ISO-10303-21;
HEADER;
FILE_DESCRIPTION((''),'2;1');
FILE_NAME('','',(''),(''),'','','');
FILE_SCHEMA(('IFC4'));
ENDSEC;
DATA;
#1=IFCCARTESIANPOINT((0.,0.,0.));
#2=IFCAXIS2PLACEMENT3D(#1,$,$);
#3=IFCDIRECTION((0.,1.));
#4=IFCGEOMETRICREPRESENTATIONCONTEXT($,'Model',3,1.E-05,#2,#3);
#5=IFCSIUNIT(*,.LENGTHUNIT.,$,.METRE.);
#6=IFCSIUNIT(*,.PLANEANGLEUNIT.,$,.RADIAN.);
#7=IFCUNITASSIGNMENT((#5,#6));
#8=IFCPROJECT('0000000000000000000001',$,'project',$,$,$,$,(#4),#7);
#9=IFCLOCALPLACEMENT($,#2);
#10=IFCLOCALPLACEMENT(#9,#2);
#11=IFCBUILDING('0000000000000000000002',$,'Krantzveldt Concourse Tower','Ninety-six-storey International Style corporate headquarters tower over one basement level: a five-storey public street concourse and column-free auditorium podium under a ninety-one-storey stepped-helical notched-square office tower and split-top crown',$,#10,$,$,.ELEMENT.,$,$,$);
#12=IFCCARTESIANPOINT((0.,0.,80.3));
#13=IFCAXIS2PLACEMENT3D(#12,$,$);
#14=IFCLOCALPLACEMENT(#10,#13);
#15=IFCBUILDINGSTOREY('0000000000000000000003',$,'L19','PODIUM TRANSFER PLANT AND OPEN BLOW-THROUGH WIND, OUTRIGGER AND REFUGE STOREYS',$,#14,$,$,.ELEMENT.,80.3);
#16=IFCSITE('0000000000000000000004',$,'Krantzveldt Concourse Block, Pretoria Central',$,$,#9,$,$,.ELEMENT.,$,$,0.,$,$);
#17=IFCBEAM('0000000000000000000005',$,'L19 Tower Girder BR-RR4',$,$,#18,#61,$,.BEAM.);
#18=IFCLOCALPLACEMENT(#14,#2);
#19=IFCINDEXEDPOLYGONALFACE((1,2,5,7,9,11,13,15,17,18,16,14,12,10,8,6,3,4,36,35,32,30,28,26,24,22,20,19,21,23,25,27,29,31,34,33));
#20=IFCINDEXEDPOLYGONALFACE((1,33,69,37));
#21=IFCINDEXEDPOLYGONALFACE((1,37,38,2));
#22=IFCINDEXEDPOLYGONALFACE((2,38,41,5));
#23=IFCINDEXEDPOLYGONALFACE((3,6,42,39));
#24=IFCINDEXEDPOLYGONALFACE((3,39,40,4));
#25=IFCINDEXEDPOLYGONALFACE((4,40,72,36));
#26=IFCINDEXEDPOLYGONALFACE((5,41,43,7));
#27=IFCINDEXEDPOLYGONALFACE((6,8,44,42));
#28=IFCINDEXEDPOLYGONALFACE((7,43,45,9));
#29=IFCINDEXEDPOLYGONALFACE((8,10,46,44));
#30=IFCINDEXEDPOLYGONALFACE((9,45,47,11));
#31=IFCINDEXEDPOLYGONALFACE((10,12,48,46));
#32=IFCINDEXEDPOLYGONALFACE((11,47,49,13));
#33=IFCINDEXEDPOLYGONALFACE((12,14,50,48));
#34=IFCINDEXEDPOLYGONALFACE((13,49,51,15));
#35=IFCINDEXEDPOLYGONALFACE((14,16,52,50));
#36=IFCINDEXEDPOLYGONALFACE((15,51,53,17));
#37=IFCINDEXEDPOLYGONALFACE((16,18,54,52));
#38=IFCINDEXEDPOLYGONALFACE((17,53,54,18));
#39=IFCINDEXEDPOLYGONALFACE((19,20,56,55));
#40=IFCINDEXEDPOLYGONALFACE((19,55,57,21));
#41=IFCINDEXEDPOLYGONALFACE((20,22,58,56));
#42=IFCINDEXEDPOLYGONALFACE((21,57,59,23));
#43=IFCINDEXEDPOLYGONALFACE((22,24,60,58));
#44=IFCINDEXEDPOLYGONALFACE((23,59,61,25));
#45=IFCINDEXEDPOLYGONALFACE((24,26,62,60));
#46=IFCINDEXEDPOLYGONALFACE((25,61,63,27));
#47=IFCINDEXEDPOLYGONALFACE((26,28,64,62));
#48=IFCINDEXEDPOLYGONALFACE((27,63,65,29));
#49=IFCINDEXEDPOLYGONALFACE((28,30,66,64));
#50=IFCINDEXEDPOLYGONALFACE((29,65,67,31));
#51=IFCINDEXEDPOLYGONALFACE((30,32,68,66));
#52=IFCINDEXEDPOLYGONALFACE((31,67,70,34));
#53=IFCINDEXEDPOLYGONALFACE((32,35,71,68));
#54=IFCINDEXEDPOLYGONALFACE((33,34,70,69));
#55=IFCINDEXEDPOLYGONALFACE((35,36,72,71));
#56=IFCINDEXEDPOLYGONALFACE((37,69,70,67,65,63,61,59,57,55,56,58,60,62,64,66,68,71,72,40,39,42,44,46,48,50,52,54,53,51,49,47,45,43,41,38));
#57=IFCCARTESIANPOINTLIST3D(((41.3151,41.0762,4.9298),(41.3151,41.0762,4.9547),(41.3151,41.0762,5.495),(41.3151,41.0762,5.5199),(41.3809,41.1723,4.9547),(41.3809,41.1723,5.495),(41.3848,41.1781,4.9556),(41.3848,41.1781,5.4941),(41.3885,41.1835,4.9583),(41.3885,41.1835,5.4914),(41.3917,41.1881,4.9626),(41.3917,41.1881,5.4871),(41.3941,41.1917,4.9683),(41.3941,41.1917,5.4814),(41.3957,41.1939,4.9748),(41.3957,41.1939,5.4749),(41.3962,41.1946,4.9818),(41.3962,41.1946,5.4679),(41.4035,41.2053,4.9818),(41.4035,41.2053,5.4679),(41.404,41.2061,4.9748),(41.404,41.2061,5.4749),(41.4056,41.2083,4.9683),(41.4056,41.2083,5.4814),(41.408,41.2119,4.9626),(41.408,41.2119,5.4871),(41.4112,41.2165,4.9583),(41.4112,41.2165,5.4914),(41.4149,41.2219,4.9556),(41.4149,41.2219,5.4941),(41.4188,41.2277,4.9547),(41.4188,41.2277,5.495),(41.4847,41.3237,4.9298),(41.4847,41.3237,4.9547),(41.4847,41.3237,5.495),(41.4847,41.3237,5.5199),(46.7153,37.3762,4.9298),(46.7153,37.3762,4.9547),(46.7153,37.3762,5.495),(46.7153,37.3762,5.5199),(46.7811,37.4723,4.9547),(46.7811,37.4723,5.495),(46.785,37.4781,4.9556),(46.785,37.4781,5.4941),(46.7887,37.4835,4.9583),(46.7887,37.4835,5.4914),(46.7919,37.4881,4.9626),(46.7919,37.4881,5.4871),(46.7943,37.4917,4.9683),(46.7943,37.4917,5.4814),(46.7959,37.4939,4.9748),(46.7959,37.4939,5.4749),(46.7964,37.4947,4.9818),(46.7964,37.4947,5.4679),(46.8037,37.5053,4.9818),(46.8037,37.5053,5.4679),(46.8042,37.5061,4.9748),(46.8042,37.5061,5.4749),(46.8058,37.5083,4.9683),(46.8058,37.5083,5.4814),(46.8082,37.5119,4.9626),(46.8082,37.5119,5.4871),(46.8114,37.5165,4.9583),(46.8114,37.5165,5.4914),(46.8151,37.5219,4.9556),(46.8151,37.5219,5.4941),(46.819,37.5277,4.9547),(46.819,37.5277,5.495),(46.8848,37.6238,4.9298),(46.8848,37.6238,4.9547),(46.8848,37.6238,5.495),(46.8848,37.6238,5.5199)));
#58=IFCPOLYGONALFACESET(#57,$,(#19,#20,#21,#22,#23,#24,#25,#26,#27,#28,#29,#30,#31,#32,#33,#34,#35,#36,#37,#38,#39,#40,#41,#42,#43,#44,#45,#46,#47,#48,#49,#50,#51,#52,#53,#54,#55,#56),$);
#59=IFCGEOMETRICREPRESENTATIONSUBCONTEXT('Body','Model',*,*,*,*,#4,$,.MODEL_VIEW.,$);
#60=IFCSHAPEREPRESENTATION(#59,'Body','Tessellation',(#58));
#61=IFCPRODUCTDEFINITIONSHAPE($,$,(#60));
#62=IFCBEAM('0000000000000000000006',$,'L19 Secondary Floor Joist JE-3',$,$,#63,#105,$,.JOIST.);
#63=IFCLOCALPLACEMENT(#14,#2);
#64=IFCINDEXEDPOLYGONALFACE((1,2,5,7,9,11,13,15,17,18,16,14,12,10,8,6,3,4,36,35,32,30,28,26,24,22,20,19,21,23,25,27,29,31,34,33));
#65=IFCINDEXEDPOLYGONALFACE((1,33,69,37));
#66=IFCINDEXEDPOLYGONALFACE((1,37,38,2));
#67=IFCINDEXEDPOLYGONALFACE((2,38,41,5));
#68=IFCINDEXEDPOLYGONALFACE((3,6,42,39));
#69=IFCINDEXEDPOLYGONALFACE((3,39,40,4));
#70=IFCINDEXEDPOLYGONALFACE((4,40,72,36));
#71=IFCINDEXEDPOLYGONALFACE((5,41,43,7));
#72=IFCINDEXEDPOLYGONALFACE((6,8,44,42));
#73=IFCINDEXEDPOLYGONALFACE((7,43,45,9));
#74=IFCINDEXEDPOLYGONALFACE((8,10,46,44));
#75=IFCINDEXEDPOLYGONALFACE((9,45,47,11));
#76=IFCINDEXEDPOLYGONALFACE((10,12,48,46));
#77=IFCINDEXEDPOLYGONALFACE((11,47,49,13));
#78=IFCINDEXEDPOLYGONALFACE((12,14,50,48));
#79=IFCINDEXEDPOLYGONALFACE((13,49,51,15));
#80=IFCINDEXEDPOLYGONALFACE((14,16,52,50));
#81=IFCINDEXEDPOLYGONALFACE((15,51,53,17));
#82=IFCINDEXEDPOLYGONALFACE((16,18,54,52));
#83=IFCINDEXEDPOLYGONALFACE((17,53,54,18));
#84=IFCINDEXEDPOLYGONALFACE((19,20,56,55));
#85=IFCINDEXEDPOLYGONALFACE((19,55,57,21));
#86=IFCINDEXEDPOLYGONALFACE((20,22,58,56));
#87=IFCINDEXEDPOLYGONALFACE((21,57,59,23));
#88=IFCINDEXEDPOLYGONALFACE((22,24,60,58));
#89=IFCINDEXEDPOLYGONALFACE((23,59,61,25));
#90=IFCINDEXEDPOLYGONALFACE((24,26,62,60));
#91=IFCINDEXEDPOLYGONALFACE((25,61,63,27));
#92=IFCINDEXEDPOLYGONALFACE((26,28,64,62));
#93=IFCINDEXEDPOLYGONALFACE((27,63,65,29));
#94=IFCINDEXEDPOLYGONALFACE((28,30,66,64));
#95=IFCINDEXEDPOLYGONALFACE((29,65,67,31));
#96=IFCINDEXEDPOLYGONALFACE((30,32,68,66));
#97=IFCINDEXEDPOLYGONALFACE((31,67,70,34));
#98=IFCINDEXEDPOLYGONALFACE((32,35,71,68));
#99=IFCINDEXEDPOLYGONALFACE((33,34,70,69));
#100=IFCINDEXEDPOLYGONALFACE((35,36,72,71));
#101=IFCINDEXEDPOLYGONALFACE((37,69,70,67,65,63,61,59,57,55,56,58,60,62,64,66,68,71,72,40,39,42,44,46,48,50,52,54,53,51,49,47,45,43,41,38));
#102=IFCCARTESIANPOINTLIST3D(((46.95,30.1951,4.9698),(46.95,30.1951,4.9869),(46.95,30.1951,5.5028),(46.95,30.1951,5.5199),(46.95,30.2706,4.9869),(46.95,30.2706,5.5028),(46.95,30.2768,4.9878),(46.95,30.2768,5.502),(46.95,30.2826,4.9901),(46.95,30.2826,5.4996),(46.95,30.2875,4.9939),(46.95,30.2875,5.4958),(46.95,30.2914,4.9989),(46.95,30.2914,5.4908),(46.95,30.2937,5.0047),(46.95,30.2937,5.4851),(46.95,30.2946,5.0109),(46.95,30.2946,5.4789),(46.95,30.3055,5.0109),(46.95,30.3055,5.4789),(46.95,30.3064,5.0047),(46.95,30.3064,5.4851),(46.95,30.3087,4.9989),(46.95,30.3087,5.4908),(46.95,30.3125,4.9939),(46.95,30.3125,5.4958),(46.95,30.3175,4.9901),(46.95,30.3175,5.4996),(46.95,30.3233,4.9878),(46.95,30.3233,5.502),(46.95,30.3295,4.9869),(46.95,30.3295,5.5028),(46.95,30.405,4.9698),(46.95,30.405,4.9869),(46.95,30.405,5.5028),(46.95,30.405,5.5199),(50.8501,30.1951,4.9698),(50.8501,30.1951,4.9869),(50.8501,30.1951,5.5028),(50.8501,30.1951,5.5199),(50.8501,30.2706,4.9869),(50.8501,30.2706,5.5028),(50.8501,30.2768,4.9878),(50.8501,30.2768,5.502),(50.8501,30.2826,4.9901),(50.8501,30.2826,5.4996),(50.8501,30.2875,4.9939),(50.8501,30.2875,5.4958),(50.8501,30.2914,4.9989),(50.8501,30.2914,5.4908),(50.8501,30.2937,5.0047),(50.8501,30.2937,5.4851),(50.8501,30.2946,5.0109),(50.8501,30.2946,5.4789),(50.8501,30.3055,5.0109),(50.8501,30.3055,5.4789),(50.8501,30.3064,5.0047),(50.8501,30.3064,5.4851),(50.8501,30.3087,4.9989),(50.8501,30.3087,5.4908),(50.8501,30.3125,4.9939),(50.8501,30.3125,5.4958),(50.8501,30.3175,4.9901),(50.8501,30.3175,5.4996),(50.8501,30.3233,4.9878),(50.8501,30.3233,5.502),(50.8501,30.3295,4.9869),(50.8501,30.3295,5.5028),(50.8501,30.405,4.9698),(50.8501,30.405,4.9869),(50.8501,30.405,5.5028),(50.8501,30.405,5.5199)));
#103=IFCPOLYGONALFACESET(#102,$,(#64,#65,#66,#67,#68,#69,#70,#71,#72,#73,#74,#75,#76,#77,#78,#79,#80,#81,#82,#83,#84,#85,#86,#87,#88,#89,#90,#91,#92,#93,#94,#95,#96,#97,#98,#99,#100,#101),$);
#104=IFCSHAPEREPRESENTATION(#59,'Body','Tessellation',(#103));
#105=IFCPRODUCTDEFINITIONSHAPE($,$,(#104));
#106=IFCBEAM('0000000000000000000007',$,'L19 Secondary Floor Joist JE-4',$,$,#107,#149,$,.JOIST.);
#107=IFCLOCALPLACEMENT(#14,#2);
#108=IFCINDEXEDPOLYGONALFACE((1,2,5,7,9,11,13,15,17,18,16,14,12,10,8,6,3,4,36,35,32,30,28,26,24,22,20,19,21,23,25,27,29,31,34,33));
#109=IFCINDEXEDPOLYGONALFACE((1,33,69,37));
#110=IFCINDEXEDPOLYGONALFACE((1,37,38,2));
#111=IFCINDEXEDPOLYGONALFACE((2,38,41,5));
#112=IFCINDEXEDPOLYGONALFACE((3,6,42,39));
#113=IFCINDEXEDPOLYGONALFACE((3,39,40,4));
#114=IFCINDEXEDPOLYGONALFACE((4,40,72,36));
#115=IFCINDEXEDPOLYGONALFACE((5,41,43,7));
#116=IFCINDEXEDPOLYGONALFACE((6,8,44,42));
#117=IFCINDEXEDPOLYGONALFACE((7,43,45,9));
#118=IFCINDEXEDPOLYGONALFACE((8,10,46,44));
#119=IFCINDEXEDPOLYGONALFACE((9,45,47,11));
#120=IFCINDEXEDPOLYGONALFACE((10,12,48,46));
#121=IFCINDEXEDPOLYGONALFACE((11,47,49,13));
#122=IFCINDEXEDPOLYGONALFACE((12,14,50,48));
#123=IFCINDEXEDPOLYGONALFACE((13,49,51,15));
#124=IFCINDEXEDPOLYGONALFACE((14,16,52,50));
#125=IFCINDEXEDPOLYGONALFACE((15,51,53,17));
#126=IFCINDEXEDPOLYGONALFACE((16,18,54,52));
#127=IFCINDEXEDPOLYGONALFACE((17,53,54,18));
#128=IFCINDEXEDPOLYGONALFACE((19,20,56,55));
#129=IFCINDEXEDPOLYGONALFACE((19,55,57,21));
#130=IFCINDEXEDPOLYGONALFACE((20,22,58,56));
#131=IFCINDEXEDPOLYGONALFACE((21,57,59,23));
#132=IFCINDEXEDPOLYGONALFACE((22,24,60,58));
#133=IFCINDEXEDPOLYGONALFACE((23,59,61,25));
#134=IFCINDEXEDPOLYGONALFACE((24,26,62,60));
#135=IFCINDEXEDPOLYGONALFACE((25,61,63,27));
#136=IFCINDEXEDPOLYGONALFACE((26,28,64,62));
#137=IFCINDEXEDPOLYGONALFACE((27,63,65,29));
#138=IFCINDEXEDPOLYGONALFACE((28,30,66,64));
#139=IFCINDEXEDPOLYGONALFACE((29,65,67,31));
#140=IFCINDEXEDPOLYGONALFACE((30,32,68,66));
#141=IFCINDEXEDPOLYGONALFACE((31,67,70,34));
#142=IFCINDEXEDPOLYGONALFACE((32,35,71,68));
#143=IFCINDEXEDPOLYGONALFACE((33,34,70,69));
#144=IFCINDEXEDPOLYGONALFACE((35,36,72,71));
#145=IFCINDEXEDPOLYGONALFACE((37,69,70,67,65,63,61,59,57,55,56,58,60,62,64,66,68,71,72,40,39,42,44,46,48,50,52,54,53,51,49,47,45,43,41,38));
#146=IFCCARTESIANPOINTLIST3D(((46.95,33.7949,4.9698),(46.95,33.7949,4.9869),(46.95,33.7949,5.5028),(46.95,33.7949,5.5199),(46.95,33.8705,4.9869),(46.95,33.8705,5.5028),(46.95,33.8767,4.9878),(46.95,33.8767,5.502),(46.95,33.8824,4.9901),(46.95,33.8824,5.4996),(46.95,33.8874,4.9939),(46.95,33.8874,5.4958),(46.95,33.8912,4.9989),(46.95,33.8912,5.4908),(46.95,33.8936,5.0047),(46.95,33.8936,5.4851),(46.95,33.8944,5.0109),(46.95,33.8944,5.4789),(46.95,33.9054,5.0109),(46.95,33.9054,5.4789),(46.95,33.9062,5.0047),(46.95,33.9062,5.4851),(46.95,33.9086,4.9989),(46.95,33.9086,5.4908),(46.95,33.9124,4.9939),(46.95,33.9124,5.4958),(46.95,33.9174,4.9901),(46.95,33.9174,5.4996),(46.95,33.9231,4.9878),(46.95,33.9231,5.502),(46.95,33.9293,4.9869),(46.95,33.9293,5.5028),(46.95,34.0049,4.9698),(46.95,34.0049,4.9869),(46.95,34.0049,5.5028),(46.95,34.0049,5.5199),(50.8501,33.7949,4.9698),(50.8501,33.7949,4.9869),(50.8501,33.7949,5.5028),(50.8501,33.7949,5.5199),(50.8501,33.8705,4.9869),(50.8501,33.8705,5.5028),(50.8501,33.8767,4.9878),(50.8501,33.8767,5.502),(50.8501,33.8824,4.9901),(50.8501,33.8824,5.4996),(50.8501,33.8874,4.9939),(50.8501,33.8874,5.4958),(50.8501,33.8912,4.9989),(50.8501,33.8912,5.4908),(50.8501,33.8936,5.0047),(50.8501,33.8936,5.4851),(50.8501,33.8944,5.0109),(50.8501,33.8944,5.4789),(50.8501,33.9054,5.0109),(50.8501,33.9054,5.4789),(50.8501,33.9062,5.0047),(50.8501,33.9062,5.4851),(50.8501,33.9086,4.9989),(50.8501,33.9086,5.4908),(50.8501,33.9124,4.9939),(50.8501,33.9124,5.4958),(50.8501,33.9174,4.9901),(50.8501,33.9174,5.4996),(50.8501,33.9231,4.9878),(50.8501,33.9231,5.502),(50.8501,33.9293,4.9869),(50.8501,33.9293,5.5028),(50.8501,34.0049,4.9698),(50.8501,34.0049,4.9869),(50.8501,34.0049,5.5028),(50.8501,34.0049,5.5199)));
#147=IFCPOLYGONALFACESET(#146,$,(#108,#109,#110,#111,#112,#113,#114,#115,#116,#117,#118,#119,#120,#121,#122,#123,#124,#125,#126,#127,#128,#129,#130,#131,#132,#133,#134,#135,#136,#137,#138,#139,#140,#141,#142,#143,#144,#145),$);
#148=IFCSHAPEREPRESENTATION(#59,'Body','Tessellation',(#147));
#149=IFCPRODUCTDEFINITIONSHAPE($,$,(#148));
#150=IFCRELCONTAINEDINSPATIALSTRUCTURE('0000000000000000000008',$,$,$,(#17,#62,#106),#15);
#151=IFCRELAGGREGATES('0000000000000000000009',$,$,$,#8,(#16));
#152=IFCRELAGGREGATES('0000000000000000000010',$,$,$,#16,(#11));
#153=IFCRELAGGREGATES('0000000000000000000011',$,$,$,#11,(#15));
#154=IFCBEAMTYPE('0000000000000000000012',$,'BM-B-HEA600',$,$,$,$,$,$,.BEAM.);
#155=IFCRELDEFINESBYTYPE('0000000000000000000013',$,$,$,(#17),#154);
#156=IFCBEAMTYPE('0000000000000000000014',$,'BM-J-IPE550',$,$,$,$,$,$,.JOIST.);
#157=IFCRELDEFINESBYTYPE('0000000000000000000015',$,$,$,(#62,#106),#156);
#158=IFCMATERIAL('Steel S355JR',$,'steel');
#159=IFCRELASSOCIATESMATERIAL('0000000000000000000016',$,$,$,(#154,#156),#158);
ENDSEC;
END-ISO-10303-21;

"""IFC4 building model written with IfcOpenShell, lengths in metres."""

from ifc_helpers import new_model, si_unit, direction, frame, origin, origin_2d, place, context, subcontext, project, spatial, i_section, extrude, source, transform, mapped, material, material_profile, profile_set, type_object, type_shapes, element, save


model = new_model("IFC4")

# Units and contexts
model_context = context("Model", 3, precision=1e-05, world=origin(), true_north=direction((0.0, 1.0)))
body_context = subcontext(model_context, "Body", "Model", "MODEL_VIEW")
ifc_project = project(units=[si_unit("LENGTHUNIT", "METRE"), si_unit("PLANEANGLEUNIT", "RADIAN")], contexts=[model_context])

# Site, building, storey
site_placement = place(None, origin())
site = spatial("IfcSite", under=ifc_project, at=site_placement, Name="Krantzveldt Concourse Block, Pretoria Central", CompositionType="ELEMENT", RefElevation=0.0)
building_placement = place(site_placement, origin())
building = spatial("IfcBuilding", under=site, at=building_placement, Name="Krantzveldt Concourse Tower", Description="Ninety-six-storey International Style corporate headquarters tower over one basement level: a five-storey public street concourse and column-free auditorium podium under a ninety-one-storey stepped-helical notched-square office tower and split-top crown", CompositionType="ELEMENT")
storey_placement = place(building_placement, frame((0.0, 0.0, 80.3)))
storey = spatial("IfcBuildingStorey", under=building, at=storey_placement, Name="L19", Description="PODIUM TRANSFER PLANT AND OPEN BLOW-THROUGH WIND, OUTRIGGER AND REFUGE STOREYS", CompositionType="ELEMENT", Elevation=80.3)

# Beams
ifc_material_1 = material(Name="Steel S355JR", Category="steel")
ifc_material_profile_1 = material_profile(ifc_material_1, i_section(OverallWidth=0.3, OverallDepth=0.5901, WebThickness=0.0129, FlangeThickness=0.0249, FilletRadius=0.0271, at=origin_2d()), Name="Steel S355JR", Category="steel")
ifc_profile_set_1 = profile_set([ifc_material_profile_1], Name="Steel S355JR - HEA 600")
beam_type_1 = type_object("IfcBeamType", Name="BM-B-HEA600", PredefinedType="BEAM", material=ifc_profile_set_1)
shared_shape_1 = source(origin(), body_context, "Body", "SweptSolid", [
    extrude(i_section(OverallWidth=0.3, OverallDepth=0.5901, WebThickness=0.0129, FlangeThickness=0.0249, FilletRadius=0.0271, at=origin_2d()), origin(), (0.0, 0.0, 1.0), 6.5461),
])
beam_1_placement = place(storey_placement, frame((46.8, 37.5, 5.2249), z_axis=(-0.824943, 0.565216, 0.0), x_axis=(-0.565216, -0.824943, 0.0)))
element("IfcBeam", 1, at=beam_1_placement, inside=storey, type_object=beam_type_1, Name="L19 Tower Girder BR-RR4", PredefinedType="BEAM", context=body_context, shape_type="MappedRepresentation", body=[
    mapped(shared_shape_1, transform((0.0, 0.0, 0.0), x_axis=(1.0, 0.0, 0.0), y_axis=(0.0, 1.0, 0.0), z_axis=(0.0, 0.0, 1.0), scale=1.0)),
])
ifc_material_profile_2 = material_profile(ifc_material_1, i_section(OverallWidth=0.21, OverallDepth=0.55, WebThickness=0.011, FlangeThickness=0.0171, FilletRadius=0.0239, at=origin_2d()), Name="Steel S355JR", Category="steel")
ifc_profile_set_2 = profile_set([ifc_material_profile_2], Name="Steel S355JR - IPE 550")
beam_type_2 = type_object("IfcBeamType", Name="BM-J-IPE550", PredefinedType="JOIST", material=ifc_profile_set_2)
shared_shape_2 = source(origin(), body_context, "Body", "SweptSolid", [
    extrude(i_section(OverallWidth=0.21, OverallDepth=0.55, WebThickness=0.011, FlangeThickness=0.0171, FilletRadius=0.0239, at=origin_2d()), origin(), (0.0, 0.0, 1.0), 3.9001),
])
type_shapes(beam_type_2, [shared_shape_2])
for number, where, z_axis, x_axis, name in (
    (2, (46.95, 30.3, 5.2449), (1.0, 0.0, 0.0), (0.0, 1.0, 0.0), "L19 Secondary Floor Joist JE-3"),
    (3, (46.95, 33.8999, 5.2449), (1.0, 0.0, 0.0), (0.0, 1.0, 0.0), "L19 Secondary Floor Joist JE-4"),
):
    element("IfcBeam", number, at=place(storey_placement, frame(where, z_axis=z_axis, x_axis=x_axis)), inside=storey, type_object=beam_type_2, Name=name, PredefinedType="JOIST", context=body_context, shape_type="MappedRepresentation", body=[
        mapped(shared_shape_2, transform((0.0, 0.0, 0.0), x_axis=(1.0, 0.0, 0.0), y_axis=(0.0, 1.0, 0.0), z_axis=(0.0, 0.0, 1.0), scale=1.0)),
    ])

save(model, "model.ifc")
